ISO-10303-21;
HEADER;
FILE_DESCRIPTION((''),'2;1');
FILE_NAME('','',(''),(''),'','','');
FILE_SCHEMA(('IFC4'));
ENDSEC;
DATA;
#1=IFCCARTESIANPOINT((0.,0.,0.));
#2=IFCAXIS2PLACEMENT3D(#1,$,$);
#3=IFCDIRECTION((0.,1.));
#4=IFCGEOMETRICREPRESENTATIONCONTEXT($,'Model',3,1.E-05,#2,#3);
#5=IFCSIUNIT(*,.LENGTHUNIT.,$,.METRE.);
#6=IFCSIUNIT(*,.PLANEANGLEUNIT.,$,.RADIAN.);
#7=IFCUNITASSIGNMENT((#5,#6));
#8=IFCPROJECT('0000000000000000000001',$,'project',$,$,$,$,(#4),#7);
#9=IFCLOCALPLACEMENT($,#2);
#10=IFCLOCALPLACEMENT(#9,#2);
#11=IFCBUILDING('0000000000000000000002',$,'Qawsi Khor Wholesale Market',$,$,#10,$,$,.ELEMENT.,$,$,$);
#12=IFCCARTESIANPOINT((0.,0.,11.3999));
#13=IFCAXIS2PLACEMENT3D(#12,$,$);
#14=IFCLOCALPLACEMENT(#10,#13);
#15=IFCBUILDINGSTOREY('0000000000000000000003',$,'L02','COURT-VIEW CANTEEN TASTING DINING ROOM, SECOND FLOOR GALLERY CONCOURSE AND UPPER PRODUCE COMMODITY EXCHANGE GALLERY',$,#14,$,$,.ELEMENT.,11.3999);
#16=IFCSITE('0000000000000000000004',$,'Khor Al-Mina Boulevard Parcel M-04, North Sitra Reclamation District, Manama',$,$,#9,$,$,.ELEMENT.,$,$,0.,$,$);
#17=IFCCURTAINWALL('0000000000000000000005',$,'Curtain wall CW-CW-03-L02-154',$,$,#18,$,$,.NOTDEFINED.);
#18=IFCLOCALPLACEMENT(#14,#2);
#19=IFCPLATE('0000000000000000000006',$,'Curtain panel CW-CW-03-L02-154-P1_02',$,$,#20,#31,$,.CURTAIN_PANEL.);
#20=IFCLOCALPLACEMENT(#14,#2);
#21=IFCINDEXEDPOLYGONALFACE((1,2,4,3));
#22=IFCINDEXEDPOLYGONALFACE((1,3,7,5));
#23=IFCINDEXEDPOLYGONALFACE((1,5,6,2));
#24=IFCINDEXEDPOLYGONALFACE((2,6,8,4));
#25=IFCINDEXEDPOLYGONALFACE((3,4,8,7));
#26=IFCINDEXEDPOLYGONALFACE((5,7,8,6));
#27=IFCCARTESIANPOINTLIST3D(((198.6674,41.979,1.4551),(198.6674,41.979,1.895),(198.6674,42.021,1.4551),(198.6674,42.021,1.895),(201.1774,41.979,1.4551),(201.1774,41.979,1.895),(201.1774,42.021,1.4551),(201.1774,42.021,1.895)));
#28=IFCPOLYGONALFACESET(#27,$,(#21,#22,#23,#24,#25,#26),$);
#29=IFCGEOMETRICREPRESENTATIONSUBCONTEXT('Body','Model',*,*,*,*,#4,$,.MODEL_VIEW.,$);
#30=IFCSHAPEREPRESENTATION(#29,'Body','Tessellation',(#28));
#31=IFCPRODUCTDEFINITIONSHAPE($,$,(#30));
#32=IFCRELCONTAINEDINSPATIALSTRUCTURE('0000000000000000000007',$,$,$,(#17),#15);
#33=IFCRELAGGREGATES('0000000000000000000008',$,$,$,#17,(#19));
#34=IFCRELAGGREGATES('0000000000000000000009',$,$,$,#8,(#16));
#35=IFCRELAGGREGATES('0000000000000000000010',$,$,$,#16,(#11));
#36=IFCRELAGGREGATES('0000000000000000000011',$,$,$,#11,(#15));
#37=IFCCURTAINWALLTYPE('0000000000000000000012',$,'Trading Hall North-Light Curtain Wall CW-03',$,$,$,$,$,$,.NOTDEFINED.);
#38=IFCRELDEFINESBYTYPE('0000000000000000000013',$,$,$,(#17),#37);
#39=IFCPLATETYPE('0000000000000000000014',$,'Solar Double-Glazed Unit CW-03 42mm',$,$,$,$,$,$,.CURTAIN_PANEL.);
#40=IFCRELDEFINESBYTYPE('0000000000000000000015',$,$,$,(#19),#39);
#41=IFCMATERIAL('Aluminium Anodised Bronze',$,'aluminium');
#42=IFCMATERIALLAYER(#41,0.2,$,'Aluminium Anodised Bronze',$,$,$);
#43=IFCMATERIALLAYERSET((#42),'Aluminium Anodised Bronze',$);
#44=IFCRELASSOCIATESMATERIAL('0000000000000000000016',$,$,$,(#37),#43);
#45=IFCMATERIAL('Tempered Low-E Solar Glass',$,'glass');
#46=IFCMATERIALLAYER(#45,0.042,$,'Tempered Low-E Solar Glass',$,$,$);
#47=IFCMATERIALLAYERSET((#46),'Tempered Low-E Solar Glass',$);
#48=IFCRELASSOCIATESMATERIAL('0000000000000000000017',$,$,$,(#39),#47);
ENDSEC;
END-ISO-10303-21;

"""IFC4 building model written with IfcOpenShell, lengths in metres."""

from ifc_helpers import new_model, si_unit, direction, frame, frame_2d, origin, place, context, subcontext, project, spatial, rectangle, extrude, material, layer, layer_set, type_object, element, aggregate, save


model = new_model("IFC4")

# Units and contexts
model_context = context("Model", 3, precision=1e-05, world=origin(), true_north=direction((0.0, 1.0)))
body_context = subcontext(model_context, "Body", "Model", "MODEL_VIEW")
ifc_project = project(units=[si_unit("LENGTHUNIT", "METRE"), si_unit("PLANEANGLEUNIT", "RADIAN")], contexts=[model_context])

# Site, building, storey
site_placement = place(None, origin())
site = spatial("IfcSite", under=ifc_project, at=site_placement, Name="Khor Al-Mina Boulevard Parcel M-04, North Sitra Reclamation District, Manama", CompositionType="ELEMENT", RefElevation=0.0)
building_placement = place(site_placement, origin())
building = spatial("IfcBuilding", under=site, at=building_placement, Name="Qawsi Khor Wholesale Market", CompositionType="ELEMENT")
storey_placement = place(building_placement, frame((0.0, 0.0, 11.3999)))
storey = spatial("IfcBuildingStorey", under=building, at=storey_placement, Name="L02", Description="COURT-VIEW CANTEEN TASTING DINING ROOM, SECOND FLOOR GALLERY CONCOURSE AND UPPER PRODUCE COMMODITY EXCHANGE GALLERY", CompositionType="ELEMENT", Elevation=11.3999)

# Curtain wall
ifc_material_1 = material(Name="Aluminium Anodised Bronze", Category="aluminium")
ifc_layer_1 = layer(ifc_material_1, 0.2, Name="Aluminium Anodised Bronze")
ifc_layer_set_1 = layer_set([ifc_layer_1], Name="Aluminium Anodised Bronze")
curtain_wall_type = type_object("IfcCurtainWallType", Name="Trading Hall North-Light Curtain Wall CW-03", PredefinedType="NOTDEFINED", material=ifc_layer_set_1)
curtain_wall_1_placement = place(storey_placement, origin())
curtain_wall_1 = element("IfcCurtainWall", 1, at=curtain_wall_1_placement, inside=storey, type_object=curtain_wall_type, Name="Curtain wall CW-CW-03-L02-154", PredefinedType="NOTDEFINED")

# Plate
ifc_material_2 = material(Name="Tempered Low-E Solar Glass", Category="glass")
ifc_layer_2 = layer(ifc_material_2, 0.042, Name="Tempered Low-E Solar Glass")
ifc_layer_set_2 = layer_set([ifc_layer_2], Name="Tempered Low-E Solar Glass")
plate_type = type_object("IfcPlateType", Name="Solar Double-Glazed Unit CW-03 42mm", PredefinedType="CURTAIN_PANEL", material=ifc_layer_set_2)
plate_1_placement = place(storey_placement, frame((198.6675, 42.0, 1.4551), z_axis=(0.0, 0.0, 1.0), x_axis=(1.0, 0.0, 0.0)))
plate_1 = element("IfcPlate", 2, at=plate_1_placement, type_object=plate_type, Name="Curtain panel CW-CW-03-L02-154-P1_02", PredefinedType="CURTAIN_PANEL", context=body_context, shape_type="SweptSolid", body=[
    extrude(rectangle(XDim=2.51, YDim=0.042, at=frame_2d((1.2549, 0.0))), origin(), (0.0, 0.0, 1.0), 0.4399),
])
aggregate(curtain_wall_1, [plate_1])

save(model, "model.ifc")
